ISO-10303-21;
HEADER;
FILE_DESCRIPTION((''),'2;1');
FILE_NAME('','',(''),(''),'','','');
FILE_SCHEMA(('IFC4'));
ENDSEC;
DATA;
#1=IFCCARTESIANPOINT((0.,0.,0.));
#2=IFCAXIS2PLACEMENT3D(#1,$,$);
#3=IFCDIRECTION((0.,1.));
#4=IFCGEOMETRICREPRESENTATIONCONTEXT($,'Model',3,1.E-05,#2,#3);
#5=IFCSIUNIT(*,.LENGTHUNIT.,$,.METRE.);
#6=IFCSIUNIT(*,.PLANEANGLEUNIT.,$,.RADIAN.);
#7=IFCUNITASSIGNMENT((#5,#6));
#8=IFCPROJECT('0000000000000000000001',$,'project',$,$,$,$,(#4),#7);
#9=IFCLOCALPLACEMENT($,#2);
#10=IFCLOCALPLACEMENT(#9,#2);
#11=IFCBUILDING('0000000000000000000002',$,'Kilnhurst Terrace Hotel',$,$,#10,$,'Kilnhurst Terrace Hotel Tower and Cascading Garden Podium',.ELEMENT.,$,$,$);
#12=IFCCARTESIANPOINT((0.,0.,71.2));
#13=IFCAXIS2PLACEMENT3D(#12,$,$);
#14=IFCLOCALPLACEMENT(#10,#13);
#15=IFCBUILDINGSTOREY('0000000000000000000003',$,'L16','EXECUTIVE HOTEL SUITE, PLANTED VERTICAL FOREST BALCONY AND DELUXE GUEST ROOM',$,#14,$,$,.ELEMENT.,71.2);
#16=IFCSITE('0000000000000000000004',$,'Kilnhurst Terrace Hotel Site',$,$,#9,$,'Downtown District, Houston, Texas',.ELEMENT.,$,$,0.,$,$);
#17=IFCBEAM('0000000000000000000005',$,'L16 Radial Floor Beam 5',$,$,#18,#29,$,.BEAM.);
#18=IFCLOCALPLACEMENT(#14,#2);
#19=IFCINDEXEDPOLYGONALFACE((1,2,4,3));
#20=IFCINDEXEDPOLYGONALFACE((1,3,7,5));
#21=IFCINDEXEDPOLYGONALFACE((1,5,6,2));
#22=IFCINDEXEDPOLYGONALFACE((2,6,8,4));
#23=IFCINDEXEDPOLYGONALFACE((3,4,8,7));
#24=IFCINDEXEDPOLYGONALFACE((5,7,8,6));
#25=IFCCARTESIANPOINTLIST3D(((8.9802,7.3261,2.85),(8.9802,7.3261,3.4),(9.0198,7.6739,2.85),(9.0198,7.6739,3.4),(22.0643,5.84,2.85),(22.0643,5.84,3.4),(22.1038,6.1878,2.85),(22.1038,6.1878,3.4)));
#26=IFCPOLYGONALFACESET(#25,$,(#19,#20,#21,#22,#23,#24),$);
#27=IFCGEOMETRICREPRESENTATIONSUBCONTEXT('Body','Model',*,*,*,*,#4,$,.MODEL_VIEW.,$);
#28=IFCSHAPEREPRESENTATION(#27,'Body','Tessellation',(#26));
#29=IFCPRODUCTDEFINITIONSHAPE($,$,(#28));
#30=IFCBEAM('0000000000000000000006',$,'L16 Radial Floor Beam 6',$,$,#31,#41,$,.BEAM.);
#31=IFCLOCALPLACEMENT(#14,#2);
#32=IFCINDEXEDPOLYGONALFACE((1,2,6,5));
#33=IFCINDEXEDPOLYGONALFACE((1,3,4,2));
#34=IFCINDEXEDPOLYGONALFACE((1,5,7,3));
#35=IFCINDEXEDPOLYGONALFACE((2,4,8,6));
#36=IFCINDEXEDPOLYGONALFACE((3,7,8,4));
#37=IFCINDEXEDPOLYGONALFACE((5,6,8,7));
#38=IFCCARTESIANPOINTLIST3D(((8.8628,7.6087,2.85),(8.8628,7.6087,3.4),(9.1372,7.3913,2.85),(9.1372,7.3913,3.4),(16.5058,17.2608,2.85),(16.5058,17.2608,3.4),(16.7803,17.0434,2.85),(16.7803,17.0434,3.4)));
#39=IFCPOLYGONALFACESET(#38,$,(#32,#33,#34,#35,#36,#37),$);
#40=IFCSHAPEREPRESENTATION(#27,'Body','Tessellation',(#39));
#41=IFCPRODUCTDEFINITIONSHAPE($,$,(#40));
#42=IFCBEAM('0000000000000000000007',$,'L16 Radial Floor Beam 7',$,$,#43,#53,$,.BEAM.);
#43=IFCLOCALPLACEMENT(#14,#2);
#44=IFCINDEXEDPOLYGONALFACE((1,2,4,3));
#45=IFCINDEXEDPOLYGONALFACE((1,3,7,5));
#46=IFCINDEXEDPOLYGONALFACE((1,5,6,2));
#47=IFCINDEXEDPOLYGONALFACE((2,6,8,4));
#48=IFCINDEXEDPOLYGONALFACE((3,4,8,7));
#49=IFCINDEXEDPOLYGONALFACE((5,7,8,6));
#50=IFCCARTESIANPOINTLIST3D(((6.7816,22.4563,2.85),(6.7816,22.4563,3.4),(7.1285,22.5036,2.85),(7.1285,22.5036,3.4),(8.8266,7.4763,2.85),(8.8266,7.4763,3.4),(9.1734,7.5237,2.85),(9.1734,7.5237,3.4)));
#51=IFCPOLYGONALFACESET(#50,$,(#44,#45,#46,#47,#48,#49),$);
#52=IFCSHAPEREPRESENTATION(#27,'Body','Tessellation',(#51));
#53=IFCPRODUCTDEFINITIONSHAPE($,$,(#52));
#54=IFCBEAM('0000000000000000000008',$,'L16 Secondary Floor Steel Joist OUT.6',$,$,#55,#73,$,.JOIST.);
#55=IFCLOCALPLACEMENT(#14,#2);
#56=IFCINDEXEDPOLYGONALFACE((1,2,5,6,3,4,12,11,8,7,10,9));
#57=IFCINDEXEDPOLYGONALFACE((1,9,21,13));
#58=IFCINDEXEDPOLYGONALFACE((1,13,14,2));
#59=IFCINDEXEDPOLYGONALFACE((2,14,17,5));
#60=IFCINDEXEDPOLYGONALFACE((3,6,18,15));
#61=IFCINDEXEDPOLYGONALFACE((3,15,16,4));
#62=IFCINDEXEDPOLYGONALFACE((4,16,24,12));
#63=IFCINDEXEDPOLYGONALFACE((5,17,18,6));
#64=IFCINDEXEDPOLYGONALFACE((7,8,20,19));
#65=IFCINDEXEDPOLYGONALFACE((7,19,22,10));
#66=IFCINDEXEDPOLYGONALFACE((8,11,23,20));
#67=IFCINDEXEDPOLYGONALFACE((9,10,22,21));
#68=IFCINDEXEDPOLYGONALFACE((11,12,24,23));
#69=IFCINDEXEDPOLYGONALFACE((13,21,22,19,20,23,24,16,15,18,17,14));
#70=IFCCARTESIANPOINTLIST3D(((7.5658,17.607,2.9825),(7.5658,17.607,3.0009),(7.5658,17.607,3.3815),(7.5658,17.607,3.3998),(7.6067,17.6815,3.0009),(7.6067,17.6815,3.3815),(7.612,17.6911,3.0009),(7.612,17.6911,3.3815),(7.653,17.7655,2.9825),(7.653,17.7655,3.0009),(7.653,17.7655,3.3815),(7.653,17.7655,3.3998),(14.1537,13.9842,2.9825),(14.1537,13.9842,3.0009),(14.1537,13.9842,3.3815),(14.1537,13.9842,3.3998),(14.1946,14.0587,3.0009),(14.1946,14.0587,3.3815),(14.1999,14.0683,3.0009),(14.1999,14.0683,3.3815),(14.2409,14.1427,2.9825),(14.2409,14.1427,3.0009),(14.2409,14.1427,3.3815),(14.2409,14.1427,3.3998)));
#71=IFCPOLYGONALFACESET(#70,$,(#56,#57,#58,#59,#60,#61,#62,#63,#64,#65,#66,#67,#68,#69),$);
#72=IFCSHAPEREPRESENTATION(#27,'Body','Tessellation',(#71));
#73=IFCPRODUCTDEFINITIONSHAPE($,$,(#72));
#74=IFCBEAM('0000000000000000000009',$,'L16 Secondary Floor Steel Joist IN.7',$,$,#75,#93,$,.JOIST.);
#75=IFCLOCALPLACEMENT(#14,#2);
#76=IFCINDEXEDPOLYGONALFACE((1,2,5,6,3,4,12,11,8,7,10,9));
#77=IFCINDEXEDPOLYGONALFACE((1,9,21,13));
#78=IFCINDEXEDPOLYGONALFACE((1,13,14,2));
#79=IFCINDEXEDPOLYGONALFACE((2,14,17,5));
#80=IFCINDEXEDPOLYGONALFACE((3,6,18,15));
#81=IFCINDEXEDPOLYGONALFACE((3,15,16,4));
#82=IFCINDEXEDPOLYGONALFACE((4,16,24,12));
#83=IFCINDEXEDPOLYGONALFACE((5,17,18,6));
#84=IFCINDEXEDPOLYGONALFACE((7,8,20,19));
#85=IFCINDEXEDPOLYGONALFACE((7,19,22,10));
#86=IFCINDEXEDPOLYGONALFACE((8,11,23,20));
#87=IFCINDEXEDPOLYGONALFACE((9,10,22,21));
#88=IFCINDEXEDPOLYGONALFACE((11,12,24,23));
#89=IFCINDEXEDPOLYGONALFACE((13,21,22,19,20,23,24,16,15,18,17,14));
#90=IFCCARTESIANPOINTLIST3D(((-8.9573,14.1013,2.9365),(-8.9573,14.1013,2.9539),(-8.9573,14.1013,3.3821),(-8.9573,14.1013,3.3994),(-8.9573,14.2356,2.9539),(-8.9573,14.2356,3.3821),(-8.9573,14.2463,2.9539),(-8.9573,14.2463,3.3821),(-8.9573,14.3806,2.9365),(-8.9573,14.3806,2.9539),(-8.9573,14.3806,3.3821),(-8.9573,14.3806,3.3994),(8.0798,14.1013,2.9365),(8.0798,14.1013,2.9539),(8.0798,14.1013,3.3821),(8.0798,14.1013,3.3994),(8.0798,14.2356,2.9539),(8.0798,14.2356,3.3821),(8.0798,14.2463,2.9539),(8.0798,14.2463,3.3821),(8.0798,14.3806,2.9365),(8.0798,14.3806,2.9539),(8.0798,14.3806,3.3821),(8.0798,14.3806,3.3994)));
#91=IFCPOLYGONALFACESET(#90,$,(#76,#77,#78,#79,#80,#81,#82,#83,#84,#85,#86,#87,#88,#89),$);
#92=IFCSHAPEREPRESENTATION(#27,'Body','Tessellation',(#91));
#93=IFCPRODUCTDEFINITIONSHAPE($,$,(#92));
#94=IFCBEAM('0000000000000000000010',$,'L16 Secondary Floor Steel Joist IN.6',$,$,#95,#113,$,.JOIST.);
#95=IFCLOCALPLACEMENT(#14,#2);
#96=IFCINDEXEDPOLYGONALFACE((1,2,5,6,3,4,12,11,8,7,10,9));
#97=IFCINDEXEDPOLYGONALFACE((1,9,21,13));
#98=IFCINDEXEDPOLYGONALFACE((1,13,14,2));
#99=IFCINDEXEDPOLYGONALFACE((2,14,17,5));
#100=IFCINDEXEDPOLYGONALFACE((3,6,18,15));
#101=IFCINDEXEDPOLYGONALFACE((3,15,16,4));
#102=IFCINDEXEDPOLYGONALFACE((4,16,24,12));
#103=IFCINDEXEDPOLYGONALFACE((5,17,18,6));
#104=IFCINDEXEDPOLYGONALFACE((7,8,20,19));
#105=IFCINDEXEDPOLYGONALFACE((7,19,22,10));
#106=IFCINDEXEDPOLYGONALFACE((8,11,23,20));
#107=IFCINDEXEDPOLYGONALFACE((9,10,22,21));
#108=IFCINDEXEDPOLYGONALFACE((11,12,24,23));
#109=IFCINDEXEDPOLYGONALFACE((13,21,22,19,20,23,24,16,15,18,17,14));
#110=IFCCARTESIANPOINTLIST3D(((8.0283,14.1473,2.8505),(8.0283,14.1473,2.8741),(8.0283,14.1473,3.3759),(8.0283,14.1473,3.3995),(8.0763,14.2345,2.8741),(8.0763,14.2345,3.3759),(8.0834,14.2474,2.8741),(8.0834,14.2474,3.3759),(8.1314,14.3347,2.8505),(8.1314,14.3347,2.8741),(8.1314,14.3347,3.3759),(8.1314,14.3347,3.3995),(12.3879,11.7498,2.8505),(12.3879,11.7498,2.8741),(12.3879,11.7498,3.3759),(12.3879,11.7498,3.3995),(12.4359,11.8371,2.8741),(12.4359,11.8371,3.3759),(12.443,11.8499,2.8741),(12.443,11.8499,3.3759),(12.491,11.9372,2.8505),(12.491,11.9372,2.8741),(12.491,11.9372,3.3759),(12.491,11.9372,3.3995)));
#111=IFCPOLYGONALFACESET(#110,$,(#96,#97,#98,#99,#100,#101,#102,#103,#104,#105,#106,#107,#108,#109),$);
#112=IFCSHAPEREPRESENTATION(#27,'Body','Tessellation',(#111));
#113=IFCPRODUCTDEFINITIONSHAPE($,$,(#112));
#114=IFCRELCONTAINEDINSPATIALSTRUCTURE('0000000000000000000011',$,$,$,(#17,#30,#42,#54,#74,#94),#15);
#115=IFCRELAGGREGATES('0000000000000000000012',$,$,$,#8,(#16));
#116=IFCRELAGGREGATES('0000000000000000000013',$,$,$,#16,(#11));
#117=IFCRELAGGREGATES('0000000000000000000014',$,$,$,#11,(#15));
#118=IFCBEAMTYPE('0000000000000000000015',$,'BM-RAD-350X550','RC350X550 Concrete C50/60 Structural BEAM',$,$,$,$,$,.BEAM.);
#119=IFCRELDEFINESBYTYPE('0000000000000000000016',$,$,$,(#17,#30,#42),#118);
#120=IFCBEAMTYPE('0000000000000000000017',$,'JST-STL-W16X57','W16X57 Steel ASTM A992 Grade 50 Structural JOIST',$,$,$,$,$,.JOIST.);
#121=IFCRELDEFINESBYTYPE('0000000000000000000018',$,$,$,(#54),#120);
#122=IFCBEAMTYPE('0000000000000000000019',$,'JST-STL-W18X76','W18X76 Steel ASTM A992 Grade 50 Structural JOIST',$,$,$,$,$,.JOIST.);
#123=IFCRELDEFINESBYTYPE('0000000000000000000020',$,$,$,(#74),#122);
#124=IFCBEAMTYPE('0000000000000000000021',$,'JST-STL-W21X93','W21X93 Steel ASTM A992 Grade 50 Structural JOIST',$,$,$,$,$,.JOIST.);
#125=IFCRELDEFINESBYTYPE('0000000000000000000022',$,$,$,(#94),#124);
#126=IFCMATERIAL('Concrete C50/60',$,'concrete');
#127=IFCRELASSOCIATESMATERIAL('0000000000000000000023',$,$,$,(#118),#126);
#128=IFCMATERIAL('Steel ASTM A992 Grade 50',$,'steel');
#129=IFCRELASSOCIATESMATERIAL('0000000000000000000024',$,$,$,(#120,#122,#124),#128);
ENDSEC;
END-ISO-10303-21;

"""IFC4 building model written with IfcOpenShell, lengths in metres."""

from ifc_helpers import new_model, si_unit, direction, frame, origin, origin_2d, place, context, subcontext, project, spatial, rectangle, i_section, extrude, material, material_profile, profile_set, type_object, element, save


model = new_model("IFC4")

# Units and contexts
model_context = context("Model", 3, precision=1e-05, world=origin(), true_north=direction((0.0, 1.0)))
body_context = subcontext(model_context, "Body", "Model", "MODEL_VIEW")
ifc_project = project(units=[si_unit("LENGTHUNIT", "METRE"), si_unit("PLANEANGLEUNIT", "RADIAN")], contexts=[model_context])

# Site, building, storey
site_placement = place(None, origin())
site = spatial("IfcSite", under=ifc_project, at=site_placement, Name="Kilnhurst Terrace Hotel Site", LongName="Downtown District, Houston, Texas", CompositionType="ELEMENT", RefElevation=0.0)
building_placement = place(site_placement, origin())
building = spatial("IfcBuilding", under=site, at=building_placement, Name="Kilnhurst Terrace Hotel", LongName="Kilnhurst Terrace Hotel Tower and Cascading Garden Podium", CompositionType="ELEMENT")
storey_placement = place(building_placement, frame((0.0, 0.0, 71.2)))
storey = spatial("IfcBuildingStorey", under=building, at=storey_placement, Name="L16", Description="EXECUTIVE HOTEL SUITE, PLANTED VERTICAL FOREST BALCONY AND DELUXE GUEST ROOM", CompositionType="ELEMENT", Elevation=71.2)

# Beams
ifc_material_1 = material(Name="Concrete C50/60", Category="concrete")
ifc_material_profile_1 = material_profile(ifc_material_1, rectangle(XDim=0.3501, YDim=0.55, at=origin_2d()), Name="RC350X550")
ifc_profile_set_1 = profile_set([ifc_material_profile_1], Name="Concrete C50/60")
beam_type_1 = type_object("IfcBeamType", Name="BM-RAD-350X550", Description="RC350X550 Concrete C50/60 Structural BEAM", PredefinedType="BEAM", material=ifc_profile_set_1)
beam_1_placement = place(storey_placement, frame((9.0, 7.5, 3.125), z_axis=(0.993611, -0.112855, 0.0), x_axis=(0.112855, 0.993611, 0.0)))
element("IfcBeam", 1, at=beam_1_placement, inside=storey, type_object=beam_type_1, Name="L16 Radial Floor Beam 5", PredefinedType="BEAM", context=body_context, shape_type="SweptSolid", body=[
    extrude(rectangle(XDim=0.3501, YDim=0.55, at=origin_2d()), origin(), (0.0, 0.0, 1.0), 13.1682),
])
beam_2_placement = place(storey_placement, frame((9.0, 7.5, 3.125), z_axis=(0.620794, 0.783974, 0.0), x_axis=(-0.783974, 0.620794, 0.0)))
element("IfcBeam", 2, at=beam_2_placement, inside=storey, type_object=beam_type_1, Name="L16 Radial Floor Beam 6", PredefinedType="BEAM", context=body_context, shape_type="SweptSolid", body=[
    extrude(rectangle(XDim=0.3501, YDim=0.55, at=origin_2d()), origin(), (0.0, 0.0, 1.0), 12.3118),
])
beam_3_placement = place(storey_placement, frame((9.0, 7.5, 3.125), z_axis=(-0.135256, 0.990811, 0.0), x_axis=(-0.990811, -0.135256, 0.0)))
element("IfcBeam", 3, at=beam_3_placement, inside=storey, type_object=beam_type_1, Name="L16 Radial Floor Beam 7", PredefinedType="BEAM", context=body_context, shape_type="SweptSolid", body=[
    extrude(rectangle(XDim=0.3501, YDim=0.55, at=origin_2d()), origin(), (0.0, 0.0, 1.0), 15.1189),
])
ifc_material_2 = material(Name="Steel ASTM A992 Grade 50", Category="steel")
ifc_material_profile_2 = material_profile(ifc_material_2, i_section(OverallWidth=0.1809, OverallDepth=0.4172, WebThickness=0.011, FlangeThickness=0.0183, at=origin_2d()), Name="W16X57")
ifc_profile_set_2 = profile_set([ifc_material_profile_2], Name="Steel ASTM A992 Grade 50")
beam_type_2 = type_object("IfcBeamType", Name="JST-STL-W16X57", Description="W16X57 Steel ASTM A992 Grade 50 Structural JOIST", PredefinedType="JOIST", material=ifc_profile_set_2)
beam_4_placement = place(storey_placement, frame((14.1973, 14.0635, 3.1912), z_axis=(-0.876246, 0.481864, 0.0), x_axis=(-0.481864, -0.876246, 0.0)))
element("IfcBeam", 4, at=beam_4_placement, inside=storey, type_object=beam_type_2, Name="L16 Secondary Floor Steel Joist OUT.6", PredefinedType="JOIST", context=body_context, shape_type="SweptSolid", body=[
    extrude(i_section(OverallWidth=0.1809, OverallDepth=0.4172, WebThickness=0.011, FlangeThickness=0.0183, at=origin_2d()), origin(), (0.0, 0.0, 1.0), 7.5183),
])
ifc_material_profile_3 = material_profile(ifc_material_2, i_section(OverallWidth=0.2793, OverallDepth=0.4629, WebThickness=0.0107, FlangeThickness=0.0173, at=origin_2d()), Name="W18X76")
ifc_profile_set_3 = profile_set([ifc_material_profile_3], Name="Steel ASTM A992 Grade 50")
beam_type_3 = type_object("IfcBeamType", Name="JST-STL-W18X76", Description="W18X76 Steel ASTM A992 Grade 50 Structural JOIST", PredefinedType="JOIST", material=ifc_profile_set_3)
beam_5_placement = place(storey_placement, frame((8.0798, 14.241, 3.168), z_axis=(-1.0, 0.0, 0.0), x_axis=(0.0, -1.0, 0.0)))
element("IfcBeam", 5, at=beam_5_placement, inside=storey, type_object=beam_type_3, Name="L16 Secondary Floor Steel Joist IN.7", PredefinedType="JOIST", context=body_context, shape_type="SweptSolid", body=[
    extrude(i_section(OverallWidth=0.2793, OverallDepth=0.4629, WebThickness=0.0107, FlangeThickness=0.0173, at=origin_2d()), origin(), (0.0, 0.0, 1.0), 17.0371),
])
ifc_material_profile_4 = material_profile(ifc_material_2, i_section(OverallWidth=0.2139, OverallDepth=0.5491, WebThickness=0.0146, FlangeThickness=0.0237, at=origin_2d()), Name="W21X93")
ifc_profile_set_4 = profile_set([ifc_material_profile_4], Name="Steel ASTM A992 Grade 50")
beam_type_4 = type_object("IfcBeamType", Name="JST-STL-W21X93", Description="W21X93 Steel ASTM A992 Grade 50 Structural JOIST", PredefinedType="JOIST", material=ifc_profile_set_4)
beam_6_placement = place(storey_placement, frame((12.4395, 11.8435, 3.125), z_axis=(-0.876244, 0.481868, 0.0), x_axis=(-0.481868, -0.876244, 0.0)))
element("IfcBeam", 6, at=beam_6_placement, inside=storey, type_object=beam_type_4, Name="L16 Secondary Floor Steel Joist IN.6", PredefinedType="JOIST", context=body_context, shape_type="SweptSolid", body=[
    extrude(i_section(OverallWidth=0.2139, OverallDepth=0.5491, WebThickness=0.0146, FlangeThickness=0.0237, at=origin_2d()), origin(), (0.0, 0.0, 1.0), 4.9753),
])

save(model, "model.ifc")
